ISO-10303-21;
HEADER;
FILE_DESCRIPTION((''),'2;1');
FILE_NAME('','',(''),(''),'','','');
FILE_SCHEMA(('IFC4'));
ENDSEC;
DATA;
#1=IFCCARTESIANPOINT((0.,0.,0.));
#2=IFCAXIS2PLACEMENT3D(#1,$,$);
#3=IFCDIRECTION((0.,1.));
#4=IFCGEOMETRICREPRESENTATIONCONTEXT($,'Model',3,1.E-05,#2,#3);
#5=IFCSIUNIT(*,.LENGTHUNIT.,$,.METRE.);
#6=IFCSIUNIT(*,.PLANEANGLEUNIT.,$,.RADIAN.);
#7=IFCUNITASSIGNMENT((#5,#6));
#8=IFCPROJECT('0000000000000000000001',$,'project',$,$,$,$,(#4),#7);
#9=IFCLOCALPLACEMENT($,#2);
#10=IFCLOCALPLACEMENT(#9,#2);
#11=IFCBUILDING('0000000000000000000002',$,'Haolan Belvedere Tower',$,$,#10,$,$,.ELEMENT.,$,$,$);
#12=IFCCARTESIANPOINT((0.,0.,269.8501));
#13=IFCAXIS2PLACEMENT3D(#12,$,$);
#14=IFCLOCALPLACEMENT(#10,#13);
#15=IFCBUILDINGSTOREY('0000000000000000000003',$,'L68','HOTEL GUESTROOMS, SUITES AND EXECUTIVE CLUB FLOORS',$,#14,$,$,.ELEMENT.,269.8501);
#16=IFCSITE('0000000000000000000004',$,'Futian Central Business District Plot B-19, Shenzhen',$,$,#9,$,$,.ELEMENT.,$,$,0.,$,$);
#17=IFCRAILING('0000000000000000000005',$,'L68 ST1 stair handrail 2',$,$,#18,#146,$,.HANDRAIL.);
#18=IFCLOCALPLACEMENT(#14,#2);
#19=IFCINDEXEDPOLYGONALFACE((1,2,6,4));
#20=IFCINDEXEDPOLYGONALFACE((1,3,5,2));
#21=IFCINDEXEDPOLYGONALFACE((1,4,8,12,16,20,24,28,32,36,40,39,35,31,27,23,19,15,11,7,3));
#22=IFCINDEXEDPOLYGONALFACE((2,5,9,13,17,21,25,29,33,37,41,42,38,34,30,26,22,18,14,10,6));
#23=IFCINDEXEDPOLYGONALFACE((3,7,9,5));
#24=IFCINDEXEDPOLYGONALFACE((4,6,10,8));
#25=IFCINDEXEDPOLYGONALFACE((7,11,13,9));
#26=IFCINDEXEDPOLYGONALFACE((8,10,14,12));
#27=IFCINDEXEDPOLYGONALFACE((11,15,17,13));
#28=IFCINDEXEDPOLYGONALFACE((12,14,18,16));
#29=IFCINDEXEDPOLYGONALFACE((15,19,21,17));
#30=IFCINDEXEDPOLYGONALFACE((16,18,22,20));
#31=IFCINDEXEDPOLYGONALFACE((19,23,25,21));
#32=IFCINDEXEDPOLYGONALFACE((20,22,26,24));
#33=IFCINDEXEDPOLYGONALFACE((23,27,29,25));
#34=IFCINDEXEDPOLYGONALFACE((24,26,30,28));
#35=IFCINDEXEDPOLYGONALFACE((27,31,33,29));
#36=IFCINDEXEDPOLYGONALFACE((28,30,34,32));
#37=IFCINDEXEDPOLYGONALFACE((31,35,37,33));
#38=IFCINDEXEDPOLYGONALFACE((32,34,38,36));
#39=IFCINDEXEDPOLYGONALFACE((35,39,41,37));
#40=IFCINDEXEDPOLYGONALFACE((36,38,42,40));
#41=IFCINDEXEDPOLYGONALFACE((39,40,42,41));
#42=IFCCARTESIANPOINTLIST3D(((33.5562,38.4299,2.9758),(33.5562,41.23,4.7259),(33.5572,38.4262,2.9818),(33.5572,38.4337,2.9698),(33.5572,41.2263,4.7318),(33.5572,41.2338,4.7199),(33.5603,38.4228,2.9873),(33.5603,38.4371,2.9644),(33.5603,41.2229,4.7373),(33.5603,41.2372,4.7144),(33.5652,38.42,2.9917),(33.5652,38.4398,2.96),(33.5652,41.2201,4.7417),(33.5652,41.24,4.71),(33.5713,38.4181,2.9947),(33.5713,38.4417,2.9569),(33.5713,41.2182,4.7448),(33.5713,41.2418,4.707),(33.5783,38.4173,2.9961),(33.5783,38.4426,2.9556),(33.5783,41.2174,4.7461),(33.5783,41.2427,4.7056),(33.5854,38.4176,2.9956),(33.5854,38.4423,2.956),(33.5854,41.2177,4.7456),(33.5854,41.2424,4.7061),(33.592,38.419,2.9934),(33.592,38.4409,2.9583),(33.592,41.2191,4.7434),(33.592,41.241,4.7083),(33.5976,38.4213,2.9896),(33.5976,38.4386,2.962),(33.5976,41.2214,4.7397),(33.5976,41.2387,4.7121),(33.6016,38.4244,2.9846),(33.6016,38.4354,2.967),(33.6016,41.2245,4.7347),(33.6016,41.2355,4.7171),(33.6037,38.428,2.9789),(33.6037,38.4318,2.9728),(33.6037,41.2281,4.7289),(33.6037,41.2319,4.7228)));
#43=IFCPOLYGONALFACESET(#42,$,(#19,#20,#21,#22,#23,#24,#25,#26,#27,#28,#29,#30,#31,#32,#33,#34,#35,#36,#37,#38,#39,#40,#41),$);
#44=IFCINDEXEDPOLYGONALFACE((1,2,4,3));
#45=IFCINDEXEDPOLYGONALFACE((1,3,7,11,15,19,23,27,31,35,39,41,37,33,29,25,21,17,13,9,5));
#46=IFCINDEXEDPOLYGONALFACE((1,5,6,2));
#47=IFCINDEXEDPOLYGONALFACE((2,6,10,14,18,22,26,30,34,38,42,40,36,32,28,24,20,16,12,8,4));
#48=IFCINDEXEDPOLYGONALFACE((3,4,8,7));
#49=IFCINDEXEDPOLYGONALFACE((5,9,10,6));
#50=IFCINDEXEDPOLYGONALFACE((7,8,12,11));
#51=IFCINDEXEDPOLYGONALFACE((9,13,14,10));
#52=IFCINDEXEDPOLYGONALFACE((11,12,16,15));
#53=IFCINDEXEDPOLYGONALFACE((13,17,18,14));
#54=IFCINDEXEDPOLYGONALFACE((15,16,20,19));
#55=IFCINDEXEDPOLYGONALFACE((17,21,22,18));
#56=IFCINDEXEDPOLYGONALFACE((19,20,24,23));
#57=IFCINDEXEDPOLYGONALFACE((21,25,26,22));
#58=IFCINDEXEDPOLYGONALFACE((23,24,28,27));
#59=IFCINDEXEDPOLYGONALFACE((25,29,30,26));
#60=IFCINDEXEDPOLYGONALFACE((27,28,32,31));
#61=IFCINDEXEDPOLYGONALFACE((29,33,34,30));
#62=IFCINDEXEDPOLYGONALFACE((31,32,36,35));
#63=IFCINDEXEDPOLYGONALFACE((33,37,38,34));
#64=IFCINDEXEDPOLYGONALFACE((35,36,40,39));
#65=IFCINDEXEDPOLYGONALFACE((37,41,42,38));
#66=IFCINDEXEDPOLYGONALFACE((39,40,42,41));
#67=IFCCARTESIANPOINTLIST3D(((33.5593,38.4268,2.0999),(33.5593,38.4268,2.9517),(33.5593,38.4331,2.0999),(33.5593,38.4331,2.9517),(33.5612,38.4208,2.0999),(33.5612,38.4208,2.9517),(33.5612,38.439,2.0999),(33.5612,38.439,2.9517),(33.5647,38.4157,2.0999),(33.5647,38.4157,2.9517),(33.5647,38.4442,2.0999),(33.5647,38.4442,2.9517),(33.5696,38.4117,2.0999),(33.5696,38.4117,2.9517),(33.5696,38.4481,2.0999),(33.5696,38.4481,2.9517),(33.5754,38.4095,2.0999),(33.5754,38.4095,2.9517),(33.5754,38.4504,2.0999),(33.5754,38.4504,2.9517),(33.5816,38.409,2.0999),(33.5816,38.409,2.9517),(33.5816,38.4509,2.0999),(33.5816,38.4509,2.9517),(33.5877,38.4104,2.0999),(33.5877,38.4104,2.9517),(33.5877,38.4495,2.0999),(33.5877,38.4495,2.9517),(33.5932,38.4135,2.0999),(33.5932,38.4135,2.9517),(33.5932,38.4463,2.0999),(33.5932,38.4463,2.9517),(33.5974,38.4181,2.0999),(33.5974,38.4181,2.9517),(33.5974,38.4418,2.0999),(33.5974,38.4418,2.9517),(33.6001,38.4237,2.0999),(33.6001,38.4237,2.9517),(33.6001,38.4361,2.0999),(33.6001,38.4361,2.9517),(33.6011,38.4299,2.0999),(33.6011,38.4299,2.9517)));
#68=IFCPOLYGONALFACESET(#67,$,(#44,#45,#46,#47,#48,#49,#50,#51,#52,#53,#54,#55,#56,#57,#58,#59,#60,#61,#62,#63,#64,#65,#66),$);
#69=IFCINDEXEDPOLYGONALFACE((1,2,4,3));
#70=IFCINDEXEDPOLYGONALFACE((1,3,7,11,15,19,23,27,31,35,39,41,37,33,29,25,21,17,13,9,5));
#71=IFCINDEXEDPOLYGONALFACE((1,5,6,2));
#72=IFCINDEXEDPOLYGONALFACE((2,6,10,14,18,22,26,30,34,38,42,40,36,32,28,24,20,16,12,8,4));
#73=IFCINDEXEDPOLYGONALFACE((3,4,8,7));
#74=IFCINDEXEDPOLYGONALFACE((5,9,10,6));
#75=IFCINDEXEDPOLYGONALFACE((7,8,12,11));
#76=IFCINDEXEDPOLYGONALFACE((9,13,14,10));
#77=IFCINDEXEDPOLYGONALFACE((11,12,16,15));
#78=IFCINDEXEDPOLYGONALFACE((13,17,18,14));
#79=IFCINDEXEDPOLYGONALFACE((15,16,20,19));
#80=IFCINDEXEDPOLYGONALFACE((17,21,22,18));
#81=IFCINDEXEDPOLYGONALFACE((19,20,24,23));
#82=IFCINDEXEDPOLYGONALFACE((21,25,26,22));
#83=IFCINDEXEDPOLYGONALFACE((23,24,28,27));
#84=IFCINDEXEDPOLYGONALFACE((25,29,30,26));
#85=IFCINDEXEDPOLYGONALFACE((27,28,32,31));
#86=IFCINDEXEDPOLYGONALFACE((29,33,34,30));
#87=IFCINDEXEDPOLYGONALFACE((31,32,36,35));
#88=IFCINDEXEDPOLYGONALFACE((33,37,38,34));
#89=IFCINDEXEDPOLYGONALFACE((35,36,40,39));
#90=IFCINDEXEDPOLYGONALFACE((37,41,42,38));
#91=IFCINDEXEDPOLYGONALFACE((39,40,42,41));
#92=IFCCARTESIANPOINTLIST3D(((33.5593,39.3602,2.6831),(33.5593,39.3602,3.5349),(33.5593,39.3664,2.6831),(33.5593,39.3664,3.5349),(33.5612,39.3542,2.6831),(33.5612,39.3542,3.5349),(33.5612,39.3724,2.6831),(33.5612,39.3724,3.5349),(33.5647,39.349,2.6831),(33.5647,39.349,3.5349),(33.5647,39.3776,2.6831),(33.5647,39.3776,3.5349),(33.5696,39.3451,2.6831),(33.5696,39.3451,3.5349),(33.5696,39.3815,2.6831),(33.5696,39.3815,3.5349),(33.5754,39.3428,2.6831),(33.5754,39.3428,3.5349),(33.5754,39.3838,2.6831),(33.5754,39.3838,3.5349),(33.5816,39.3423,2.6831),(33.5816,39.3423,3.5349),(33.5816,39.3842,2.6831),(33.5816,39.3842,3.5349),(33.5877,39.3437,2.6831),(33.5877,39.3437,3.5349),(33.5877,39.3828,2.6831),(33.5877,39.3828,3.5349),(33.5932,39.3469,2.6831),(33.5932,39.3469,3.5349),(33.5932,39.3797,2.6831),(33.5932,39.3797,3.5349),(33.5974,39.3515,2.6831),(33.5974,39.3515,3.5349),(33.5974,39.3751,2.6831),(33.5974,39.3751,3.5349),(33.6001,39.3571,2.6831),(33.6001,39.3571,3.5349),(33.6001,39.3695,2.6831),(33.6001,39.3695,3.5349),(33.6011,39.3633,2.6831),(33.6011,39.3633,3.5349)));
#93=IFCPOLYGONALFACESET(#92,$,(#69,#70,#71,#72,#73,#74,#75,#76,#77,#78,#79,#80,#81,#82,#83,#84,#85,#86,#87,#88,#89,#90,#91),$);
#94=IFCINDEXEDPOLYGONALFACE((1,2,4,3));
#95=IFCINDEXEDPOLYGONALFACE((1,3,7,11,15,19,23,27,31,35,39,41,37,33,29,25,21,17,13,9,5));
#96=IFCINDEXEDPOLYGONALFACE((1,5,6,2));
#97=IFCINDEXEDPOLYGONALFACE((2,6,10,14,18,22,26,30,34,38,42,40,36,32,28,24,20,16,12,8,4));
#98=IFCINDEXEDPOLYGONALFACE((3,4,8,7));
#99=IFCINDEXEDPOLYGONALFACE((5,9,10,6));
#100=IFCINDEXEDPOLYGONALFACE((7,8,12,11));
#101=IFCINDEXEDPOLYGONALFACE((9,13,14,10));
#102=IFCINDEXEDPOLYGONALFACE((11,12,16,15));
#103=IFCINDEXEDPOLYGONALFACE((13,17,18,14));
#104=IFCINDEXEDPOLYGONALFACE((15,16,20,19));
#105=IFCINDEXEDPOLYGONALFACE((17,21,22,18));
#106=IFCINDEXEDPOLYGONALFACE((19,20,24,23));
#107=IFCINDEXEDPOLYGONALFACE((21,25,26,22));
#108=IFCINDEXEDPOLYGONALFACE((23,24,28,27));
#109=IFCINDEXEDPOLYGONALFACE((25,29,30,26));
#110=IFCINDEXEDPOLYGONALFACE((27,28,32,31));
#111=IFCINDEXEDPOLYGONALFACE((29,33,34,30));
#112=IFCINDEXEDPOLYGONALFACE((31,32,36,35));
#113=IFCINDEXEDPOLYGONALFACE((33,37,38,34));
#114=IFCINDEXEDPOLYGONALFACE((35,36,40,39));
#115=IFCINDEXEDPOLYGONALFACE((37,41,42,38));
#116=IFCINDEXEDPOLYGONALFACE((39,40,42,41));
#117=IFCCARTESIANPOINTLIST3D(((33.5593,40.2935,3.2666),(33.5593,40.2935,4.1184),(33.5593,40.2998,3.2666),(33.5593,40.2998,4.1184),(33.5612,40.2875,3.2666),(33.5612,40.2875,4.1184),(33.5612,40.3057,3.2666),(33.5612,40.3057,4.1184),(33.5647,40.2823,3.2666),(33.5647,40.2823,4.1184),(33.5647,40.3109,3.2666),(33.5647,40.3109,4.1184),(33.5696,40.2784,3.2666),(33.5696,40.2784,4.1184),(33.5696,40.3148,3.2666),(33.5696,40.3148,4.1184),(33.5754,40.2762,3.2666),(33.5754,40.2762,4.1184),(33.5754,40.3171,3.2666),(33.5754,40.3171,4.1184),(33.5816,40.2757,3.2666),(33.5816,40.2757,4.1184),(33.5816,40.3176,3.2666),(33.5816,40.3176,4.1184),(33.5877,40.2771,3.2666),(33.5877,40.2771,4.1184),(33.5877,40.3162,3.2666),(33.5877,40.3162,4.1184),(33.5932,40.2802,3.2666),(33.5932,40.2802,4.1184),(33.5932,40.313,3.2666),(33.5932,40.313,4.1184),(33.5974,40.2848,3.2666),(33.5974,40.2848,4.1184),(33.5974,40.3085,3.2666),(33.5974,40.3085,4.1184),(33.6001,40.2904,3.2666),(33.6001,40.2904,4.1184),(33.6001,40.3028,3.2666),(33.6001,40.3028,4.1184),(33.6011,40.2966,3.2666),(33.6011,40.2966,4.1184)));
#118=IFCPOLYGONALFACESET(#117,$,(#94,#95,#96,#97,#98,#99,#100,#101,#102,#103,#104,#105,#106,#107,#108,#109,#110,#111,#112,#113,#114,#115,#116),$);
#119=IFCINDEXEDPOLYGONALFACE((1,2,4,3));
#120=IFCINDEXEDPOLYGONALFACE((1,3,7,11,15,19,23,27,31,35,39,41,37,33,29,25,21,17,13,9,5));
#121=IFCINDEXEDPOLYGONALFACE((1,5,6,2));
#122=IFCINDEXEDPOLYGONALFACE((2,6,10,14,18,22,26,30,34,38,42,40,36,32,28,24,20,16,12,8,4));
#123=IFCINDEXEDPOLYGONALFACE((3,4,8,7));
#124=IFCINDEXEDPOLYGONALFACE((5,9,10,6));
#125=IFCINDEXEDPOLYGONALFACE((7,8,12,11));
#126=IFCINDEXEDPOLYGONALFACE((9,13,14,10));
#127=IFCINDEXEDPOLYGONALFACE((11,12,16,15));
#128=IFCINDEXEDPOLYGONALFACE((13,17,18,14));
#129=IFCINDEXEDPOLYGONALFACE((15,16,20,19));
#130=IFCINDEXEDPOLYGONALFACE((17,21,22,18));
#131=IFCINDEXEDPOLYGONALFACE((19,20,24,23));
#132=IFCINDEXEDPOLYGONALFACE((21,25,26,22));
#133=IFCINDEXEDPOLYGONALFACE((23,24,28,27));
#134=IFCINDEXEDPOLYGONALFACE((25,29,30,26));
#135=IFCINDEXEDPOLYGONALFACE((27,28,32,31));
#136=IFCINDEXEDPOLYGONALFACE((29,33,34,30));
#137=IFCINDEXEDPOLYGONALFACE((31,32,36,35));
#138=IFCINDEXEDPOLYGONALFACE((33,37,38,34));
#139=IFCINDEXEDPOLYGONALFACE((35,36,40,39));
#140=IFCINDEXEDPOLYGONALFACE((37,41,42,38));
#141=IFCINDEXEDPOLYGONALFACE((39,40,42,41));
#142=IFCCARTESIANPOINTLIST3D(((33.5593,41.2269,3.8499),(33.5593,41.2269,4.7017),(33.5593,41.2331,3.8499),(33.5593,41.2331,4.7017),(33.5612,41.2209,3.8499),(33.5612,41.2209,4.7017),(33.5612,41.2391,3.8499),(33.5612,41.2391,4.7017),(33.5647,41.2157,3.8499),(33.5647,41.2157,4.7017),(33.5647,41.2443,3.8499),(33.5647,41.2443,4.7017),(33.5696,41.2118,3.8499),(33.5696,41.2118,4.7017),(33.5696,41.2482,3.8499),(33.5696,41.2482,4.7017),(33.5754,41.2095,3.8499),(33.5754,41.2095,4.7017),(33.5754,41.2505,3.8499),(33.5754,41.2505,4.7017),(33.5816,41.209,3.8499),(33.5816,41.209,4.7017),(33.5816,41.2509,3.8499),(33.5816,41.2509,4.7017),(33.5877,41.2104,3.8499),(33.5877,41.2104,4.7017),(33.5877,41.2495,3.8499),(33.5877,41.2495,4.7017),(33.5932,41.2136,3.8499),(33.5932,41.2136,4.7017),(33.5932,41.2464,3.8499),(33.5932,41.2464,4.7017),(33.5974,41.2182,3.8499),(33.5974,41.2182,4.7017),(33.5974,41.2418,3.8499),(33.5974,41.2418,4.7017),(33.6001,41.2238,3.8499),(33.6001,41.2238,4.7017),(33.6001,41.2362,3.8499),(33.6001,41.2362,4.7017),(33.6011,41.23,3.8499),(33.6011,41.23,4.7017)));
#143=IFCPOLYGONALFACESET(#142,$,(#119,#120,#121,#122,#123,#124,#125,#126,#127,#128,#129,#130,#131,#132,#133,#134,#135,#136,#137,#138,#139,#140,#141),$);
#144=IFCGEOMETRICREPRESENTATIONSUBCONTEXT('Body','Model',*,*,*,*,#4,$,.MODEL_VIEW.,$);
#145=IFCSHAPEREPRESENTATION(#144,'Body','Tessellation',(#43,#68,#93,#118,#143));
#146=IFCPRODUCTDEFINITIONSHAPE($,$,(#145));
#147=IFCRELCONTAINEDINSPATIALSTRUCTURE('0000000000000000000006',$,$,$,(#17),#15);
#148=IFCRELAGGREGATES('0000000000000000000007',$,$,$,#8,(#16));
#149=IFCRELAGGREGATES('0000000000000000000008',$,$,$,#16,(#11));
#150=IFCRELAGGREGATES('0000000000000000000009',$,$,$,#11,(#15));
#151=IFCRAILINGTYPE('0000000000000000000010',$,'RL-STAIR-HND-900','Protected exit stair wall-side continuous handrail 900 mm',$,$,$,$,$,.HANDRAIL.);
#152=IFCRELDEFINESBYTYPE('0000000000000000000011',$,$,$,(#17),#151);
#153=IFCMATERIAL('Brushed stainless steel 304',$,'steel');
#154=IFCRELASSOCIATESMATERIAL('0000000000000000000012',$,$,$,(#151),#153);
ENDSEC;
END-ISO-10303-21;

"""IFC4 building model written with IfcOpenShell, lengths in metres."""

from ifc_helpers import new_model, si_unit, direction, frame, origin, origin_2d, place, context, subcontext, project, spatial, circle, extrude, material, type_object, element, save


model = new_model("IFC4")

# Units and contexts
model_context = context("Model", 3, precision=1e-05, world=origin(), true_north=direction((0.0, 1.0)))
body_context = subcontext(model_context, "Body", "Model", "MODEL_VIEW")
ifc_project = project(units=[si_unit("LENGTHUNIT", "METRE"), si_unit("PLANEANGLEUNIT", "RADIAN")], contexts=[model_context])

# Site, building, storey
site_placement = place(None, origin())
site = spatial("IfcSite", under=ifc_project, at=site_placement, Name="Futian Central Business District Plot B-19, Shenzhen", CompositionType="ELEMENT", RefElevation=0.0)
building_placement = place(site_placement, origin())
building = spatial("IfcBuilding", under=site, at=building_placement, Name="Haolan Belvedere Tower", CompositionType="ELEMENT")
storey_placement = place(building_placement, frame((0.0, 0.0, 269.8501)))
storey = spatial("IfcBuildingStorey", under=building, at=storey_placement, Name="L68", Description="HOTEL GUESTROOMS, SUITES AND EXECUTIVE CLUB FLOORS", CompositionType="ELEMENT", Elevation=269.8501)

# Railing
ifc_material_1 = material(Name="Brushed stainless steel 304", Category="steel")
railing_type_1 = type_object("IfcRailingType", Name="RL-STAIR-HND-900", Description="Protected exit stair wall-side continuous handrail 900 mm", PredefinedType="HANDRAIL", material=ifc_material_1)
for number, where, name in (
    (1, (33.5801, 38.4299, 2.0999), "L68 ST1 stair handrail 2"),
):
    element("IfcRailing", number, at=place(storey_placement, frame(where)), inside=storey, type_object=railing_type_1, Name=name, PredefinedType="HANDRAIL", context=body_context, shape_type="SweptSolid", body=[
        extrude(circle(Radius=0.0239, at=origin_2d()), frame((0.0, 0.0, 0.876), z_axis=(0.0, 0.848002, 0.529992), x_axis=(-1.0, 0.0, 0.0)), (0.0, 0.0, 1.0), 3.302),
        extrude(circle(Radius=0.021, at=origin_2d()), origin(), (0.0, 0.0, 1.0), 0.8518),
        extrude(circle(Radius=0.021, at=origin_2d()), frame((0.0, 0.9333, 0.5833)), (0.0, 0.0, 1.0), 0.8518),
        extrude(circle(Radius=0.021, at=origin_2d()), frame((0.0, 1.8667, 1.1667)), (0.0, 0.0, 1.0), 0.8518),
        extrude(circle(Radius=0.021, at=origin_2d()), frame((0.0, 2.8, 1.75)), (0.0, 0.0, 1.0), 0.8518),
    ])

save(model, "model.ifc")
